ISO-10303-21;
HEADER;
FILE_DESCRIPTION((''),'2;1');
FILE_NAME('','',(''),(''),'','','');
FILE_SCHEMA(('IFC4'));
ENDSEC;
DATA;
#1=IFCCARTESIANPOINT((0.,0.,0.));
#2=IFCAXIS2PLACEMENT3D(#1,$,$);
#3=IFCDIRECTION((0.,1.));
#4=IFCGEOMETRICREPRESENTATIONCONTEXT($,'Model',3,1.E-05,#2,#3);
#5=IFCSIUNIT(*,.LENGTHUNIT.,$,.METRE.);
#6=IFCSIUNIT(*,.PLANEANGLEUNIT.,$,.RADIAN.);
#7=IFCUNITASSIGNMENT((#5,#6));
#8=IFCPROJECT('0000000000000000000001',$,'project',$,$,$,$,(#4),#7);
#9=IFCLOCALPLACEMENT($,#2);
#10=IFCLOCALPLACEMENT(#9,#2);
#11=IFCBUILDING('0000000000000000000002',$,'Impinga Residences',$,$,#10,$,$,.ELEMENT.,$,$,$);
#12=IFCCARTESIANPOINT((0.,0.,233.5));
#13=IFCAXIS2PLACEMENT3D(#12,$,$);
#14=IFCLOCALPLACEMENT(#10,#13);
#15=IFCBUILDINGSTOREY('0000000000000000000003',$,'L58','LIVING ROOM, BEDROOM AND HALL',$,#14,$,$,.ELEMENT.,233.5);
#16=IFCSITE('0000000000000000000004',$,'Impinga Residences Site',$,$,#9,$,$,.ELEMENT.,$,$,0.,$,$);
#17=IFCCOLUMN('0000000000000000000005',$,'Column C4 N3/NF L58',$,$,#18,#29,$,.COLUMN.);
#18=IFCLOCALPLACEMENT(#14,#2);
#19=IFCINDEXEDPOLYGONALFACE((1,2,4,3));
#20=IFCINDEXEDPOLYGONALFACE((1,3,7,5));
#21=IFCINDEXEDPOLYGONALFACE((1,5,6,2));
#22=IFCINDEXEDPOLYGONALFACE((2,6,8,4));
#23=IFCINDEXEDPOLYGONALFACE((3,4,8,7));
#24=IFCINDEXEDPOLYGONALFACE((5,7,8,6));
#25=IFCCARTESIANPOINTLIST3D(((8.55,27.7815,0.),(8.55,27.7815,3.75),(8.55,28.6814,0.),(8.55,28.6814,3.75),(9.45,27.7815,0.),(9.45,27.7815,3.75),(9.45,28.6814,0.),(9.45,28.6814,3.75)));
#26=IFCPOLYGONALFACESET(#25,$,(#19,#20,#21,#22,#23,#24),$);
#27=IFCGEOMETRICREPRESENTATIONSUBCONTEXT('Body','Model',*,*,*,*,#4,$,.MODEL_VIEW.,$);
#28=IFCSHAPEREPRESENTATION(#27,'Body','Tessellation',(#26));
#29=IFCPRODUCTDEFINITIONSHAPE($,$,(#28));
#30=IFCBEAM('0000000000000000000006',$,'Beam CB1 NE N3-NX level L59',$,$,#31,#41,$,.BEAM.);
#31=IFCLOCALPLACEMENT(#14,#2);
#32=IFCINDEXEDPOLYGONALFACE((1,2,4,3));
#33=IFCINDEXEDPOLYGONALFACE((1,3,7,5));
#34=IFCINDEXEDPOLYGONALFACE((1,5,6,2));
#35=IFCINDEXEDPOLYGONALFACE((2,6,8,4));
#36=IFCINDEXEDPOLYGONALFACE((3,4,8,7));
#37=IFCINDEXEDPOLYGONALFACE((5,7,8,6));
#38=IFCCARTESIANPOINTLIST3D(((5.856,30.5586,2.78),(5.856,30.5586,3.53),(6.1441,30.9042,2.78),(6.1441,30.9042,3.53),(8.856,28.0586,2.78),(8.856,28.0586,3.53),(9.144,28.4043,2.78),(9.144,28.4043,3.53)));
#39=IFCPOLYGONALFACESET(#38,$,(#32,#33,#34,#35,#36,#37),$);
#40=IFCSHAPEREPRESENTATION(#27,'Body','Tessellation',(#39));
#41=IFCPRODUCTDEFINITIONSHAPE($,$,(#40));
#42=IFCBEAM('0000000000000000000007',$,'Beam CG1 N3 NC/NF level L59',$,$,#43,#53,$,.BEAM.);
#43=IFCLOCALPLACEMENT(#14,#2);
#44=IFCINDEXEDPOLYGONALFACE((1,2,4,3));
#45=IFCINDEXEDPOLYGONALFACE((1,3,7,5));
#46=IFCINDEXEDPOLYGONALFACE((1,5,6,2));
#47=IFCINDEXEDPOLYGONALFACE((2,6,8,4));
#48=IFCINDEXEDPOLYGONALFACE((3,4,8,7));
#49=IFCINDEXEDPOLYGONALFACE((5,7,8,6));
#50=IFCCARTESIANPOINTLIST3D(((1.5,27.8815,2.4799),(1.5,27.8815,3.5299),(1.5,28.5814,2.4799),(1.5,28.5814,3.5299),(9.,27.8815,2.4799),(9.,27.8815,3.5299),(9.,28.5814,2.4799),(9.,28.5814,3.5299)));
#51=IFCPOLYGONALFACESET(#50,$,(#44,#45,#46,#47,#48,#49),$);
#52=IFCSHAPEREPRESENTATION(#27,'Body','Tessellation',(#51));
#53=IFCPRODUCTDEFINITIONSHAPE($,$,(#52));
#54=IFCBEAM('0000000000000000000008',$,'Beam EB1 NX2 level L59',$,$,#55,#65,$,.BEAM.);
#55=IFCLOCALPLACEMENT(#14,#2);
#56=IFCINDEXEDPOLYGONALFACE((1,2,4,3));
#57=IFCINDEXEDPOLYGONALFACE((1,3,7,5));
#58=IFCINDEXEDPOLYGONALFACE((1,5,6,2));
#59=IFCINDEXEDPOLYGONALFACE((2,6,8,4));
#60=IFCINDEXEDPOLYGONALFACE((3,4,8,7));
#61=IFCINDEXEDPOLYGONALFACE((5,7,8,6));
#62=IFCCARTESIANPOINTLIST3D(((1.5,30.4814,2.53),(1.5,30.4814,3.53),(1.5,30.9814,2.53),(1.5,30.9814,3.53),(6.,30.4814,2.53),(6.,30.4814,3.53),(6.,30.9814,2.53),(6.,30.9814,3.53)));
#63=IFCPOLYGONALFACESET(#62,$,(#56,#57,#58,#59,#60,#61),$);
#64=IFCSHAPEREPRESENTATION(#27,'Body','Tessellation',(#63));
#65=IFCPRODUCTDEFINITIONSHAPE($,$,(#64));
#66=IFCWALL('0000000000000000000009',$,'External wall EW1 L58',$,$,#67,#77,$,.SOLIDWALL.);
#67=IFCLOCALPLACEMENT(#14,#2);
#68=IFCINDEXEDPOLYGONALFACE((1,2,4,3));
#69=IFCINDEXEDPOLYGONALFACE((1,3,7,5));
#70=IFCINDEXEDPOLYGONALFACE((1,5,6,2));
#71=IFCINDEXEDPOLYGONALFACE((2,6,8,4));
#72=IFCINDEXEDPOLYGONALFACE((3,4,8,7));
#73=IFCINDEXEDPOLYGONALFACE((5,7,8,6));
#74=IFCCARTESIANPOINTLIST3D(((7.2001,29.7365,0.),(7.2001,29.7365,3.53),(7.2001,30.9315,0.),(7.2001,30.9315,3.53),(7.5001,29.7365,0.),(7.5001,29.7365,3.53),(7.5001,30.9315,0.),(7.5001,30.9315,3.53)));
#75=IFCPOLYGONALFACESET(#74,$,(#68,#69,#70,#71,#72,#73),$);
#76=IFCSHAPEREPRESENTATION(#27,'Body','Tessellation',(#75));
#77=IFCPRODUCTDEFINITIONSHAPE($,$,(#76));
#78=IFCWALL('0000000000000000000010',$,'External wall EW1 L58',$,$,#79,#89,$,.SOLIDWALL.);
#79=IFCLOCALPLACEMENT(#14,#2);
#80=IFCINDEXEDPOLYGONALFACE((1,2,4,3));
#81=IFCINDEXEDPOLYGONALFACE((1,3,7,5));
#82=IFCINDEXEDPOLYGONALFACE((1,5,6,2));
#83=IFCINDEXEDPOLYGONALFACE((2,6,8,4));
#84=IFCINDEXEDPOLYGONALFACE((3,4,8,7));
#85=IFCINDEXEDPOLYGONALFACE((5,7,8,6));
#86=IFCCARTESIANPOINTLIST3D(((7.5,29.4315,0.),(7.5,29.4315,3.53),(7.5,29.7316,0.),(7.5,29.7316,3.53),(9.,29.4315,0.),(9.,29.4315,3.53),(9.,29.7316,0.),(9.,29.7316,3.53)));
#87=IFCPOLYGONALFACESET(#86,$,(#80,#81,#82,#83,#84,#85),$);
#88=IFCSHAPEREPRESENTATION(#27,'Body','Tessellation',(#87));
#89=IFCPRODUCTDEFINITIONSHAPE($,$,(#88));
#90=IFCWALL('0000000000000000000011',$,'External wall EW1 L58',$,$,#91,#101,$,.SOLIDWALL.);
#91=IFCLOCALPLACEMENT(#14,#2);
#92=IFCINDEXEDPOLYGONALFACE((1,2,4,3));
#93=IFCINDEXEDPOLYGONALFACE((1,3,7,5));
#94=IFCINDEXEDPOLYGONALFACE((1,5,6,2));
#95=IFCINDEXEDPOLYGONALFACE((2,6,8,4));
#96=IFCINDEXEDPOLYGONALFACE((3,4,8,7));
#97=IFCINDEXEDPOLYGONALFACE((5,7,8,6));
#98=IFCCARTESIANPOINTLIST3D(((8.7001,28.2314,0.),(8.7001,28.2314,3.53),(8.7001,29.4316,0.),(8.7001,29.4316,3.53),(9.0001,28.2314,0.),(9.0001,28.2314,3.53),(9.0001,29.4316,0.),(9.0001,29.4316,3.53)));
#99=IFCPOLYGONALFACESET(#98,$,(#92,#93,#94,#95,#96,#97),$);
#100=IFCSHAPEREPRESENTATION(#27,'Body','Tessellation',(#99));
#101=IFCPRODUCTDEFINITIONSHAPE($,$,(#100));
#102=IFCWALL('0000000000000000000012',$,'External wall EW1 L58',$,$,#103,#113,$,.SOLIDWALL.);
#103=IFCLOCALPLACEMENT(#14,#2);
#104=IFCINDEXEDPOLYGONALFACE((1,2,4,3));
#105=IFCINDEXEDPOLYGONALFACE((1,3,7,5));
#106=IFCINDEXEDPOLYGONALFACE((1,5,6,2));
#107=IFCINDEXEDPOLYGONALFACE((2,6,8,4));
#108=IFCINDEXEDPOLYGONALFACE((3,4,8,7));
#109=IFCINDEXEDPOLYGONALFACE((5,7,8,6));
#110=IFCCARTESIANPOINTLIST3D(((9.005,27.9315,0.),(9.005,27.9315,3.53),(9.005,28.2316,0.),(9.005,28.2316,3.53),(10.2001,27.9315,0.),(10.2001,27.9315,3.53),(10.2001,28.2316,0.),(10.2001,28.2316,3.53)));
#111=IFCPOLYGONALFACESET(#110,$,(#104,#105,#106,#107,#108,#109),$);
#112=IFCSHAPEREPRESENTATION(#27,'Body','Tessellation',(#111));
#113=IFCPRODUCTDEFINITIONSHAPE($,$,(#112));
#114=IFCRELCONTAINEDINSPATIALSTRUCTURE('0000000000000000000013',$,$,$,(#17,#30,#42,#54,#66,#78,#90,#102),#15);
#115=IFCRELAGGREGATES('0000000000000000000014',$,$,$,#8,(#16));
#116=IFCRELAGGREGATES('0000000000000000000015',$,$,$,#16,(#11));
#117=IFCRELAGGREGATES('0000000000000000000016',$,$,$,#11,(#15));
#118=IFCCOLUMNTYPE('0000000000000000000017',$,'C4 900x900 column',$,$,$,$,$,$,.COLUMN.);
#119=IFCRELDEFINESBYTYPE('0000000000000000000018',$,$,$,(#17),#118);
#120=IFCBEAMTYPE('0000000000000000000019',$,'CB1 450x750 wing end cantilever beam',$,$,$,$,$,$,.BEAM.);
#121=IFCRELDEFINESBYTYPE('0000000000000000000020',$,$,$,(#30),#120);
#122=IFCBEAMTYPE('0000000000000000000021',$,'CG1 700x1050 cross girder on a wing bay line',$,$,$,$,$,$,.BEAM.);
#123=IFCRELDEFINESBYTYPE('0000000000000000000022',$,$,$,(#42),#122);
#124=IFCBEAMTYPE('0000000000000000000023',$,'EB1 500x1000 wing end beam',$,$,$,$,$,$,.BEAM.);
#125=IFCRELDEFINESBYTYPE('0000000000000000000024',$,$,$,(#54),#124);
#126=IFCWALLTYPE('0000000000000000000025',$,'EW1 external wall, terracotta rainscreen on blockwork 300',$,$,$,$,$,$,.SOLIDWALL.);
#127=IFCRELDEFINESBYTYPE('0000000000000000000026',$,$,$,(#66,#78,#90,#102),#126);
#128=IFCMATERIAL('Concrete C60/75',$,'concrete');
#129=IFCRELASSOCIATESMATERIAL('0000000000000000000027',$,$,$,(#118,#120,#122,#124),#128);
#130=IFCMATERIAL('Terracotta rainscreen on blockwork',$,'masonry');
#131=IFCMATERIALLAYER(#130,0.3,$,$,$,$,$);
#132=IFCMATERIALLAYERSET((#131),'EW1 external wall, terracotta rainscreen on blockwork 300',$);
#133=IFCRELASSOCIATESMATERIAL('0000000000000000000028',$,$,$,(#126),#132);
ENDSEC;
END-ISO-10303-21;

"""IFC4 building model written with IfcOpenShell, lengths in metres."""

from ifc_helpers import new_model, si_unit, direction, frame, frame_2d, origin, origin_2d, place, context, subcontext, project, spatial, rectangle, extrude, material, layer, layer_set, material_profile, profile_set, type_object, element, save


model = new_model("IFC4")

# Units and contexts
model_context = context("Model", 3, precision=1e-05, world=origin(), true_north=direction((0.0, 1.0)))
body_context = subcontext(model_context, "Body", "Model", "MODEL_VIEW")
ifc_project = project(units=[si_unit("LENGTHUNIT", "METRE"), si_unit("PLANEANGLEUNIT", "RADIAN")], contexts=[model_context])

# Site, building, storey
site_placement = place(None, origin())
site = spatial("IfcSite", under=ifc_project, at=site_placement, Name="Impinga Residences Site", CompositionType="ELEMENT", RefElevation=0.0)
building_placement = place(site_placement, origin())
building = spatial("IfcBuilding", under=site, at=building_placement, Name="Impinga Residences", CompositionType="ELEMENT")
storey_placement = place(building_placement, frame((0.0, 0.0, 233.5)))
storey = spatial("IfcBuildingStorey", under=building, at=storey_placement, Name="L58", Description="LIVING ROOM, BEDROOM AND HALL", CompositionType="ELEMENT", Elevation=233.5)

# Column
ifc_material_1 = material(Name="Concrete C60/75", Category="concrete")
ifc_material_profile_1 = material_profile(ifc_material_1, rectangle(XDim=0.8999, YDim=0.8999, at=origin_2d()), Name="RC 900x900")
ifc_profile_set_1 = profile_set([ifc_material_profile_1], Name="Concrete C60/75")
column_type = type_object("IfcColumnType", Name="C4 900x900 column", PredefinedType="COLUMN", material=ifc_profile_set_1)
column_placement = place(storey_placement, frame((9.0, 28.2314, 0.0), z_axis=(0.0, 0.0, 1.0), x_axis=(1.0, 0.0, 0.0)))
element("IfcColumn", 1, at=column_placement, inside=storey, type_object=column_type, Name="Column C4 N3/NF L58", PredefinedType="COLUMN", context=body_context, shape_type="SweptSolid", body=[
    extrude(rectangle(XDim=0.8999, YDim=0.8999, at=origin_2d()), origin(), (0.0, 0.0, 1.0), 3.75),
])

# Beams
ifc_material_profile_2 = material_profile(ifc_material_1, rectangle(XDim=0.45, YDim=0.75, at=origin_2d()), Name="RC 450x750")
ifc_profile_set_2 = profile_set([ifc_material_profile_2], Name="Concrete C60/75")
beam_type_1 = type_object("IfcBeamType", Name="CB1 450x750 wing end cantilever beam", PredefinedType="BEAM", material=ifc_profile_set_2)
beam_1_placement = place(storey_placement, frame((9.0, 28.2314, 3.155), z_axis=(-0.768221, 0.640184, 0.0), x_axis=(-0.640184, -0.768221, 0.0)))
element("IfcBeam", 2, at=beam_1_placement, inside=storey, type_object=beam_type_1, Name="Beam CB1 NE N3-NX level L59", PredefinedType="BEAM", context=body_context, shape_type="SweptSolid", body=[
    extrude(rectangle(XDim=0.45, YDim=0.75, at=origin_2d()), origin(), (0.0, 0.0, 1.0), 3.905),
])
ifc_material_profile_3 = material_profile(ifc_material_1, rectangle(XDim=0.7, YDim=1.05, at=origin_2d()), Name="RC 700x1050")
ifc_profile_set_3 = profile_set([ifc_material_profile_3], Name="Concrete C60/75")
beam_type_2 = type_object("IfcBeamType", Name="CG1 700x1050 cross girder on a wing bay line", PredefinedType="BEAM", material=ifc_profile_set_3)
beam_2_placement = place(storey_placement, frame((1.5, 28.2314, 3.0049), z_axis=(1.0, 0.0, 0.0), x_axis=(0.0, 1.0, 0.0)))
element("IfcBeam", 3, at=beam_2_placement, inside=storey, type_object=beam_type_2, Name="Beam CG1 N3 NC/NF level L59", PredefinedType="BEAM", context=body_context, shape_type="SweptSolid", body=[
    extrude(rectangle(XDim=0.7, YDim=1.05, at=origin_2d()), origin(), (0.0, 0.0, 1.0), 7.5),
])
ifc_material_profile_4 = material_profile(ifc_material_1, rectangle(XDim=0.5, YDim=1.0, at=origin_2d()), Name="RC 500x1000")
ifc_profile_set_4 = profile_set([ifc_material_profile_4], Name="Concrete C60/75")
beam_type_3 = type_object("IfcBeamType", Name="EB1 500x1000 wing end beam", PredefinedType="BEAM", material=ifc_profile_set_4)
beam_3_placement = place(storey_placement, frame((1.5, 30.7314, 3.03), z_axis=(1.0, 0.0, 0.0), x_axis=(0.0, 1.0, 0.0)))
element("IfcBeam", 4, at=beam_3_placement, inside=storey, type_object=beam_type_3, Name="Beam EB1 NX2 level L59", PredefinedType="BEAM", context=body_context, shape_type="SweptSolid", body=[
    extrude(rectangle(XDim=0.5, YDim=1.0, at=origin_2d()), origin(), (0.0, 0.0, 1.0), 4.5),
])

# Walls
ifc_material_2 = material(Name="Terracotta rainscreen on blockwork", Category="masonry")
ifc_layer_1 = layer(ifc_material_2, 0.3)
ifc_layer_set_1 = layer_set([ifc_layer_1], Name="EW1 external wall, terracotta rainscreen on blockwork 300")
wall_type_1 = type_object("IfcWallType", Name="EW1 external wall, terracotta rainscreen on blockwork 300", PredefinedType="SOLIDWALL", material=ifc_layer_set_1)
wall_1_placement = place(storey_placement, frame((7.3501, 30.9316, 0.0), z_axis=(0.0, 0.0, 1.0), x_axis=(0.0, -1.0, 0.0)))
element("IfcWall", 5, at=wall_1_placement, inside=storey, type_object=wall_type_1, Name="External wall EW1 L58", PredefinedType="SOLIDWALL", context=body_context, shape_type="SweptSolid", body=[
    extrude(rectangle(XDim=1.1951, YDim=0.3, at=frame_2d((0.5977, 0.0))), origin(), (0.0, 0.0, 1.0), 3.53),
])
wall_2_placement = place(storey_placement, frame((7.5, 29.5815, 0.0), z_axis=(0.0, 0.0, 1.0), x_axis=(1.0, 0.0, 0.0)))
element("IfcWall", 6, at=wall_2_placement, inside=storey, type_object=wall_type_1, Name="External wall EW1 L58", PredefinedType="SOLIDWALL", context=body_context, shape_type="SweptSolid", body=[
    extrude(rectangle(XDim=1.5, YDim=0.3, at=frame_2d((0.75, 0.0))), origin(), (0.0, 0.0, 1.0), 3.53),
])
wall_3_placement = place(storey_placement, frame((8.8501, 29.4316, 0.0), z_axis=(0.0, 0.0, 1.0), x_axis=(0.0, -1.0, 0.0)))
element("IfcWall", 7, at=wall_3_placement, inside=storey, type_object=wall_type_1, Name="External wall EW1 L58", PredefinedType="SOLIDWALL", context=body_context, shape_type="SweptSolid", body=[
    extrude(rectangle(XDim=1.2002, YDim=0.3, at=frame_2d((0.6001, 0.0))), origin(), (0.0, 0.0, 1.0), 3.53),
])
wall_4_placement = place(storey_placement, frame((9.0049, 28.0815, 0.0), z_axis=(0.0, 0.0, 1.0), x_axis=(1.0, 0.0, 0.0)))
element("IfcWall", 8, at=wall_4_placement, inside=storey, type_object=wall_type_1, Name="External wall EW1 L58", PredefinedType="SOLIDWALL", context=body_context, shape_type="SweptSolid", body=[
    extrude(rectangle(XDim=1.1951, YDim=0.3, at=frame_2d((0.5977, 0.0))), origin(), (0.0, 0.0, 1.0), 3.53),
])

save(model, "model.ifc")
